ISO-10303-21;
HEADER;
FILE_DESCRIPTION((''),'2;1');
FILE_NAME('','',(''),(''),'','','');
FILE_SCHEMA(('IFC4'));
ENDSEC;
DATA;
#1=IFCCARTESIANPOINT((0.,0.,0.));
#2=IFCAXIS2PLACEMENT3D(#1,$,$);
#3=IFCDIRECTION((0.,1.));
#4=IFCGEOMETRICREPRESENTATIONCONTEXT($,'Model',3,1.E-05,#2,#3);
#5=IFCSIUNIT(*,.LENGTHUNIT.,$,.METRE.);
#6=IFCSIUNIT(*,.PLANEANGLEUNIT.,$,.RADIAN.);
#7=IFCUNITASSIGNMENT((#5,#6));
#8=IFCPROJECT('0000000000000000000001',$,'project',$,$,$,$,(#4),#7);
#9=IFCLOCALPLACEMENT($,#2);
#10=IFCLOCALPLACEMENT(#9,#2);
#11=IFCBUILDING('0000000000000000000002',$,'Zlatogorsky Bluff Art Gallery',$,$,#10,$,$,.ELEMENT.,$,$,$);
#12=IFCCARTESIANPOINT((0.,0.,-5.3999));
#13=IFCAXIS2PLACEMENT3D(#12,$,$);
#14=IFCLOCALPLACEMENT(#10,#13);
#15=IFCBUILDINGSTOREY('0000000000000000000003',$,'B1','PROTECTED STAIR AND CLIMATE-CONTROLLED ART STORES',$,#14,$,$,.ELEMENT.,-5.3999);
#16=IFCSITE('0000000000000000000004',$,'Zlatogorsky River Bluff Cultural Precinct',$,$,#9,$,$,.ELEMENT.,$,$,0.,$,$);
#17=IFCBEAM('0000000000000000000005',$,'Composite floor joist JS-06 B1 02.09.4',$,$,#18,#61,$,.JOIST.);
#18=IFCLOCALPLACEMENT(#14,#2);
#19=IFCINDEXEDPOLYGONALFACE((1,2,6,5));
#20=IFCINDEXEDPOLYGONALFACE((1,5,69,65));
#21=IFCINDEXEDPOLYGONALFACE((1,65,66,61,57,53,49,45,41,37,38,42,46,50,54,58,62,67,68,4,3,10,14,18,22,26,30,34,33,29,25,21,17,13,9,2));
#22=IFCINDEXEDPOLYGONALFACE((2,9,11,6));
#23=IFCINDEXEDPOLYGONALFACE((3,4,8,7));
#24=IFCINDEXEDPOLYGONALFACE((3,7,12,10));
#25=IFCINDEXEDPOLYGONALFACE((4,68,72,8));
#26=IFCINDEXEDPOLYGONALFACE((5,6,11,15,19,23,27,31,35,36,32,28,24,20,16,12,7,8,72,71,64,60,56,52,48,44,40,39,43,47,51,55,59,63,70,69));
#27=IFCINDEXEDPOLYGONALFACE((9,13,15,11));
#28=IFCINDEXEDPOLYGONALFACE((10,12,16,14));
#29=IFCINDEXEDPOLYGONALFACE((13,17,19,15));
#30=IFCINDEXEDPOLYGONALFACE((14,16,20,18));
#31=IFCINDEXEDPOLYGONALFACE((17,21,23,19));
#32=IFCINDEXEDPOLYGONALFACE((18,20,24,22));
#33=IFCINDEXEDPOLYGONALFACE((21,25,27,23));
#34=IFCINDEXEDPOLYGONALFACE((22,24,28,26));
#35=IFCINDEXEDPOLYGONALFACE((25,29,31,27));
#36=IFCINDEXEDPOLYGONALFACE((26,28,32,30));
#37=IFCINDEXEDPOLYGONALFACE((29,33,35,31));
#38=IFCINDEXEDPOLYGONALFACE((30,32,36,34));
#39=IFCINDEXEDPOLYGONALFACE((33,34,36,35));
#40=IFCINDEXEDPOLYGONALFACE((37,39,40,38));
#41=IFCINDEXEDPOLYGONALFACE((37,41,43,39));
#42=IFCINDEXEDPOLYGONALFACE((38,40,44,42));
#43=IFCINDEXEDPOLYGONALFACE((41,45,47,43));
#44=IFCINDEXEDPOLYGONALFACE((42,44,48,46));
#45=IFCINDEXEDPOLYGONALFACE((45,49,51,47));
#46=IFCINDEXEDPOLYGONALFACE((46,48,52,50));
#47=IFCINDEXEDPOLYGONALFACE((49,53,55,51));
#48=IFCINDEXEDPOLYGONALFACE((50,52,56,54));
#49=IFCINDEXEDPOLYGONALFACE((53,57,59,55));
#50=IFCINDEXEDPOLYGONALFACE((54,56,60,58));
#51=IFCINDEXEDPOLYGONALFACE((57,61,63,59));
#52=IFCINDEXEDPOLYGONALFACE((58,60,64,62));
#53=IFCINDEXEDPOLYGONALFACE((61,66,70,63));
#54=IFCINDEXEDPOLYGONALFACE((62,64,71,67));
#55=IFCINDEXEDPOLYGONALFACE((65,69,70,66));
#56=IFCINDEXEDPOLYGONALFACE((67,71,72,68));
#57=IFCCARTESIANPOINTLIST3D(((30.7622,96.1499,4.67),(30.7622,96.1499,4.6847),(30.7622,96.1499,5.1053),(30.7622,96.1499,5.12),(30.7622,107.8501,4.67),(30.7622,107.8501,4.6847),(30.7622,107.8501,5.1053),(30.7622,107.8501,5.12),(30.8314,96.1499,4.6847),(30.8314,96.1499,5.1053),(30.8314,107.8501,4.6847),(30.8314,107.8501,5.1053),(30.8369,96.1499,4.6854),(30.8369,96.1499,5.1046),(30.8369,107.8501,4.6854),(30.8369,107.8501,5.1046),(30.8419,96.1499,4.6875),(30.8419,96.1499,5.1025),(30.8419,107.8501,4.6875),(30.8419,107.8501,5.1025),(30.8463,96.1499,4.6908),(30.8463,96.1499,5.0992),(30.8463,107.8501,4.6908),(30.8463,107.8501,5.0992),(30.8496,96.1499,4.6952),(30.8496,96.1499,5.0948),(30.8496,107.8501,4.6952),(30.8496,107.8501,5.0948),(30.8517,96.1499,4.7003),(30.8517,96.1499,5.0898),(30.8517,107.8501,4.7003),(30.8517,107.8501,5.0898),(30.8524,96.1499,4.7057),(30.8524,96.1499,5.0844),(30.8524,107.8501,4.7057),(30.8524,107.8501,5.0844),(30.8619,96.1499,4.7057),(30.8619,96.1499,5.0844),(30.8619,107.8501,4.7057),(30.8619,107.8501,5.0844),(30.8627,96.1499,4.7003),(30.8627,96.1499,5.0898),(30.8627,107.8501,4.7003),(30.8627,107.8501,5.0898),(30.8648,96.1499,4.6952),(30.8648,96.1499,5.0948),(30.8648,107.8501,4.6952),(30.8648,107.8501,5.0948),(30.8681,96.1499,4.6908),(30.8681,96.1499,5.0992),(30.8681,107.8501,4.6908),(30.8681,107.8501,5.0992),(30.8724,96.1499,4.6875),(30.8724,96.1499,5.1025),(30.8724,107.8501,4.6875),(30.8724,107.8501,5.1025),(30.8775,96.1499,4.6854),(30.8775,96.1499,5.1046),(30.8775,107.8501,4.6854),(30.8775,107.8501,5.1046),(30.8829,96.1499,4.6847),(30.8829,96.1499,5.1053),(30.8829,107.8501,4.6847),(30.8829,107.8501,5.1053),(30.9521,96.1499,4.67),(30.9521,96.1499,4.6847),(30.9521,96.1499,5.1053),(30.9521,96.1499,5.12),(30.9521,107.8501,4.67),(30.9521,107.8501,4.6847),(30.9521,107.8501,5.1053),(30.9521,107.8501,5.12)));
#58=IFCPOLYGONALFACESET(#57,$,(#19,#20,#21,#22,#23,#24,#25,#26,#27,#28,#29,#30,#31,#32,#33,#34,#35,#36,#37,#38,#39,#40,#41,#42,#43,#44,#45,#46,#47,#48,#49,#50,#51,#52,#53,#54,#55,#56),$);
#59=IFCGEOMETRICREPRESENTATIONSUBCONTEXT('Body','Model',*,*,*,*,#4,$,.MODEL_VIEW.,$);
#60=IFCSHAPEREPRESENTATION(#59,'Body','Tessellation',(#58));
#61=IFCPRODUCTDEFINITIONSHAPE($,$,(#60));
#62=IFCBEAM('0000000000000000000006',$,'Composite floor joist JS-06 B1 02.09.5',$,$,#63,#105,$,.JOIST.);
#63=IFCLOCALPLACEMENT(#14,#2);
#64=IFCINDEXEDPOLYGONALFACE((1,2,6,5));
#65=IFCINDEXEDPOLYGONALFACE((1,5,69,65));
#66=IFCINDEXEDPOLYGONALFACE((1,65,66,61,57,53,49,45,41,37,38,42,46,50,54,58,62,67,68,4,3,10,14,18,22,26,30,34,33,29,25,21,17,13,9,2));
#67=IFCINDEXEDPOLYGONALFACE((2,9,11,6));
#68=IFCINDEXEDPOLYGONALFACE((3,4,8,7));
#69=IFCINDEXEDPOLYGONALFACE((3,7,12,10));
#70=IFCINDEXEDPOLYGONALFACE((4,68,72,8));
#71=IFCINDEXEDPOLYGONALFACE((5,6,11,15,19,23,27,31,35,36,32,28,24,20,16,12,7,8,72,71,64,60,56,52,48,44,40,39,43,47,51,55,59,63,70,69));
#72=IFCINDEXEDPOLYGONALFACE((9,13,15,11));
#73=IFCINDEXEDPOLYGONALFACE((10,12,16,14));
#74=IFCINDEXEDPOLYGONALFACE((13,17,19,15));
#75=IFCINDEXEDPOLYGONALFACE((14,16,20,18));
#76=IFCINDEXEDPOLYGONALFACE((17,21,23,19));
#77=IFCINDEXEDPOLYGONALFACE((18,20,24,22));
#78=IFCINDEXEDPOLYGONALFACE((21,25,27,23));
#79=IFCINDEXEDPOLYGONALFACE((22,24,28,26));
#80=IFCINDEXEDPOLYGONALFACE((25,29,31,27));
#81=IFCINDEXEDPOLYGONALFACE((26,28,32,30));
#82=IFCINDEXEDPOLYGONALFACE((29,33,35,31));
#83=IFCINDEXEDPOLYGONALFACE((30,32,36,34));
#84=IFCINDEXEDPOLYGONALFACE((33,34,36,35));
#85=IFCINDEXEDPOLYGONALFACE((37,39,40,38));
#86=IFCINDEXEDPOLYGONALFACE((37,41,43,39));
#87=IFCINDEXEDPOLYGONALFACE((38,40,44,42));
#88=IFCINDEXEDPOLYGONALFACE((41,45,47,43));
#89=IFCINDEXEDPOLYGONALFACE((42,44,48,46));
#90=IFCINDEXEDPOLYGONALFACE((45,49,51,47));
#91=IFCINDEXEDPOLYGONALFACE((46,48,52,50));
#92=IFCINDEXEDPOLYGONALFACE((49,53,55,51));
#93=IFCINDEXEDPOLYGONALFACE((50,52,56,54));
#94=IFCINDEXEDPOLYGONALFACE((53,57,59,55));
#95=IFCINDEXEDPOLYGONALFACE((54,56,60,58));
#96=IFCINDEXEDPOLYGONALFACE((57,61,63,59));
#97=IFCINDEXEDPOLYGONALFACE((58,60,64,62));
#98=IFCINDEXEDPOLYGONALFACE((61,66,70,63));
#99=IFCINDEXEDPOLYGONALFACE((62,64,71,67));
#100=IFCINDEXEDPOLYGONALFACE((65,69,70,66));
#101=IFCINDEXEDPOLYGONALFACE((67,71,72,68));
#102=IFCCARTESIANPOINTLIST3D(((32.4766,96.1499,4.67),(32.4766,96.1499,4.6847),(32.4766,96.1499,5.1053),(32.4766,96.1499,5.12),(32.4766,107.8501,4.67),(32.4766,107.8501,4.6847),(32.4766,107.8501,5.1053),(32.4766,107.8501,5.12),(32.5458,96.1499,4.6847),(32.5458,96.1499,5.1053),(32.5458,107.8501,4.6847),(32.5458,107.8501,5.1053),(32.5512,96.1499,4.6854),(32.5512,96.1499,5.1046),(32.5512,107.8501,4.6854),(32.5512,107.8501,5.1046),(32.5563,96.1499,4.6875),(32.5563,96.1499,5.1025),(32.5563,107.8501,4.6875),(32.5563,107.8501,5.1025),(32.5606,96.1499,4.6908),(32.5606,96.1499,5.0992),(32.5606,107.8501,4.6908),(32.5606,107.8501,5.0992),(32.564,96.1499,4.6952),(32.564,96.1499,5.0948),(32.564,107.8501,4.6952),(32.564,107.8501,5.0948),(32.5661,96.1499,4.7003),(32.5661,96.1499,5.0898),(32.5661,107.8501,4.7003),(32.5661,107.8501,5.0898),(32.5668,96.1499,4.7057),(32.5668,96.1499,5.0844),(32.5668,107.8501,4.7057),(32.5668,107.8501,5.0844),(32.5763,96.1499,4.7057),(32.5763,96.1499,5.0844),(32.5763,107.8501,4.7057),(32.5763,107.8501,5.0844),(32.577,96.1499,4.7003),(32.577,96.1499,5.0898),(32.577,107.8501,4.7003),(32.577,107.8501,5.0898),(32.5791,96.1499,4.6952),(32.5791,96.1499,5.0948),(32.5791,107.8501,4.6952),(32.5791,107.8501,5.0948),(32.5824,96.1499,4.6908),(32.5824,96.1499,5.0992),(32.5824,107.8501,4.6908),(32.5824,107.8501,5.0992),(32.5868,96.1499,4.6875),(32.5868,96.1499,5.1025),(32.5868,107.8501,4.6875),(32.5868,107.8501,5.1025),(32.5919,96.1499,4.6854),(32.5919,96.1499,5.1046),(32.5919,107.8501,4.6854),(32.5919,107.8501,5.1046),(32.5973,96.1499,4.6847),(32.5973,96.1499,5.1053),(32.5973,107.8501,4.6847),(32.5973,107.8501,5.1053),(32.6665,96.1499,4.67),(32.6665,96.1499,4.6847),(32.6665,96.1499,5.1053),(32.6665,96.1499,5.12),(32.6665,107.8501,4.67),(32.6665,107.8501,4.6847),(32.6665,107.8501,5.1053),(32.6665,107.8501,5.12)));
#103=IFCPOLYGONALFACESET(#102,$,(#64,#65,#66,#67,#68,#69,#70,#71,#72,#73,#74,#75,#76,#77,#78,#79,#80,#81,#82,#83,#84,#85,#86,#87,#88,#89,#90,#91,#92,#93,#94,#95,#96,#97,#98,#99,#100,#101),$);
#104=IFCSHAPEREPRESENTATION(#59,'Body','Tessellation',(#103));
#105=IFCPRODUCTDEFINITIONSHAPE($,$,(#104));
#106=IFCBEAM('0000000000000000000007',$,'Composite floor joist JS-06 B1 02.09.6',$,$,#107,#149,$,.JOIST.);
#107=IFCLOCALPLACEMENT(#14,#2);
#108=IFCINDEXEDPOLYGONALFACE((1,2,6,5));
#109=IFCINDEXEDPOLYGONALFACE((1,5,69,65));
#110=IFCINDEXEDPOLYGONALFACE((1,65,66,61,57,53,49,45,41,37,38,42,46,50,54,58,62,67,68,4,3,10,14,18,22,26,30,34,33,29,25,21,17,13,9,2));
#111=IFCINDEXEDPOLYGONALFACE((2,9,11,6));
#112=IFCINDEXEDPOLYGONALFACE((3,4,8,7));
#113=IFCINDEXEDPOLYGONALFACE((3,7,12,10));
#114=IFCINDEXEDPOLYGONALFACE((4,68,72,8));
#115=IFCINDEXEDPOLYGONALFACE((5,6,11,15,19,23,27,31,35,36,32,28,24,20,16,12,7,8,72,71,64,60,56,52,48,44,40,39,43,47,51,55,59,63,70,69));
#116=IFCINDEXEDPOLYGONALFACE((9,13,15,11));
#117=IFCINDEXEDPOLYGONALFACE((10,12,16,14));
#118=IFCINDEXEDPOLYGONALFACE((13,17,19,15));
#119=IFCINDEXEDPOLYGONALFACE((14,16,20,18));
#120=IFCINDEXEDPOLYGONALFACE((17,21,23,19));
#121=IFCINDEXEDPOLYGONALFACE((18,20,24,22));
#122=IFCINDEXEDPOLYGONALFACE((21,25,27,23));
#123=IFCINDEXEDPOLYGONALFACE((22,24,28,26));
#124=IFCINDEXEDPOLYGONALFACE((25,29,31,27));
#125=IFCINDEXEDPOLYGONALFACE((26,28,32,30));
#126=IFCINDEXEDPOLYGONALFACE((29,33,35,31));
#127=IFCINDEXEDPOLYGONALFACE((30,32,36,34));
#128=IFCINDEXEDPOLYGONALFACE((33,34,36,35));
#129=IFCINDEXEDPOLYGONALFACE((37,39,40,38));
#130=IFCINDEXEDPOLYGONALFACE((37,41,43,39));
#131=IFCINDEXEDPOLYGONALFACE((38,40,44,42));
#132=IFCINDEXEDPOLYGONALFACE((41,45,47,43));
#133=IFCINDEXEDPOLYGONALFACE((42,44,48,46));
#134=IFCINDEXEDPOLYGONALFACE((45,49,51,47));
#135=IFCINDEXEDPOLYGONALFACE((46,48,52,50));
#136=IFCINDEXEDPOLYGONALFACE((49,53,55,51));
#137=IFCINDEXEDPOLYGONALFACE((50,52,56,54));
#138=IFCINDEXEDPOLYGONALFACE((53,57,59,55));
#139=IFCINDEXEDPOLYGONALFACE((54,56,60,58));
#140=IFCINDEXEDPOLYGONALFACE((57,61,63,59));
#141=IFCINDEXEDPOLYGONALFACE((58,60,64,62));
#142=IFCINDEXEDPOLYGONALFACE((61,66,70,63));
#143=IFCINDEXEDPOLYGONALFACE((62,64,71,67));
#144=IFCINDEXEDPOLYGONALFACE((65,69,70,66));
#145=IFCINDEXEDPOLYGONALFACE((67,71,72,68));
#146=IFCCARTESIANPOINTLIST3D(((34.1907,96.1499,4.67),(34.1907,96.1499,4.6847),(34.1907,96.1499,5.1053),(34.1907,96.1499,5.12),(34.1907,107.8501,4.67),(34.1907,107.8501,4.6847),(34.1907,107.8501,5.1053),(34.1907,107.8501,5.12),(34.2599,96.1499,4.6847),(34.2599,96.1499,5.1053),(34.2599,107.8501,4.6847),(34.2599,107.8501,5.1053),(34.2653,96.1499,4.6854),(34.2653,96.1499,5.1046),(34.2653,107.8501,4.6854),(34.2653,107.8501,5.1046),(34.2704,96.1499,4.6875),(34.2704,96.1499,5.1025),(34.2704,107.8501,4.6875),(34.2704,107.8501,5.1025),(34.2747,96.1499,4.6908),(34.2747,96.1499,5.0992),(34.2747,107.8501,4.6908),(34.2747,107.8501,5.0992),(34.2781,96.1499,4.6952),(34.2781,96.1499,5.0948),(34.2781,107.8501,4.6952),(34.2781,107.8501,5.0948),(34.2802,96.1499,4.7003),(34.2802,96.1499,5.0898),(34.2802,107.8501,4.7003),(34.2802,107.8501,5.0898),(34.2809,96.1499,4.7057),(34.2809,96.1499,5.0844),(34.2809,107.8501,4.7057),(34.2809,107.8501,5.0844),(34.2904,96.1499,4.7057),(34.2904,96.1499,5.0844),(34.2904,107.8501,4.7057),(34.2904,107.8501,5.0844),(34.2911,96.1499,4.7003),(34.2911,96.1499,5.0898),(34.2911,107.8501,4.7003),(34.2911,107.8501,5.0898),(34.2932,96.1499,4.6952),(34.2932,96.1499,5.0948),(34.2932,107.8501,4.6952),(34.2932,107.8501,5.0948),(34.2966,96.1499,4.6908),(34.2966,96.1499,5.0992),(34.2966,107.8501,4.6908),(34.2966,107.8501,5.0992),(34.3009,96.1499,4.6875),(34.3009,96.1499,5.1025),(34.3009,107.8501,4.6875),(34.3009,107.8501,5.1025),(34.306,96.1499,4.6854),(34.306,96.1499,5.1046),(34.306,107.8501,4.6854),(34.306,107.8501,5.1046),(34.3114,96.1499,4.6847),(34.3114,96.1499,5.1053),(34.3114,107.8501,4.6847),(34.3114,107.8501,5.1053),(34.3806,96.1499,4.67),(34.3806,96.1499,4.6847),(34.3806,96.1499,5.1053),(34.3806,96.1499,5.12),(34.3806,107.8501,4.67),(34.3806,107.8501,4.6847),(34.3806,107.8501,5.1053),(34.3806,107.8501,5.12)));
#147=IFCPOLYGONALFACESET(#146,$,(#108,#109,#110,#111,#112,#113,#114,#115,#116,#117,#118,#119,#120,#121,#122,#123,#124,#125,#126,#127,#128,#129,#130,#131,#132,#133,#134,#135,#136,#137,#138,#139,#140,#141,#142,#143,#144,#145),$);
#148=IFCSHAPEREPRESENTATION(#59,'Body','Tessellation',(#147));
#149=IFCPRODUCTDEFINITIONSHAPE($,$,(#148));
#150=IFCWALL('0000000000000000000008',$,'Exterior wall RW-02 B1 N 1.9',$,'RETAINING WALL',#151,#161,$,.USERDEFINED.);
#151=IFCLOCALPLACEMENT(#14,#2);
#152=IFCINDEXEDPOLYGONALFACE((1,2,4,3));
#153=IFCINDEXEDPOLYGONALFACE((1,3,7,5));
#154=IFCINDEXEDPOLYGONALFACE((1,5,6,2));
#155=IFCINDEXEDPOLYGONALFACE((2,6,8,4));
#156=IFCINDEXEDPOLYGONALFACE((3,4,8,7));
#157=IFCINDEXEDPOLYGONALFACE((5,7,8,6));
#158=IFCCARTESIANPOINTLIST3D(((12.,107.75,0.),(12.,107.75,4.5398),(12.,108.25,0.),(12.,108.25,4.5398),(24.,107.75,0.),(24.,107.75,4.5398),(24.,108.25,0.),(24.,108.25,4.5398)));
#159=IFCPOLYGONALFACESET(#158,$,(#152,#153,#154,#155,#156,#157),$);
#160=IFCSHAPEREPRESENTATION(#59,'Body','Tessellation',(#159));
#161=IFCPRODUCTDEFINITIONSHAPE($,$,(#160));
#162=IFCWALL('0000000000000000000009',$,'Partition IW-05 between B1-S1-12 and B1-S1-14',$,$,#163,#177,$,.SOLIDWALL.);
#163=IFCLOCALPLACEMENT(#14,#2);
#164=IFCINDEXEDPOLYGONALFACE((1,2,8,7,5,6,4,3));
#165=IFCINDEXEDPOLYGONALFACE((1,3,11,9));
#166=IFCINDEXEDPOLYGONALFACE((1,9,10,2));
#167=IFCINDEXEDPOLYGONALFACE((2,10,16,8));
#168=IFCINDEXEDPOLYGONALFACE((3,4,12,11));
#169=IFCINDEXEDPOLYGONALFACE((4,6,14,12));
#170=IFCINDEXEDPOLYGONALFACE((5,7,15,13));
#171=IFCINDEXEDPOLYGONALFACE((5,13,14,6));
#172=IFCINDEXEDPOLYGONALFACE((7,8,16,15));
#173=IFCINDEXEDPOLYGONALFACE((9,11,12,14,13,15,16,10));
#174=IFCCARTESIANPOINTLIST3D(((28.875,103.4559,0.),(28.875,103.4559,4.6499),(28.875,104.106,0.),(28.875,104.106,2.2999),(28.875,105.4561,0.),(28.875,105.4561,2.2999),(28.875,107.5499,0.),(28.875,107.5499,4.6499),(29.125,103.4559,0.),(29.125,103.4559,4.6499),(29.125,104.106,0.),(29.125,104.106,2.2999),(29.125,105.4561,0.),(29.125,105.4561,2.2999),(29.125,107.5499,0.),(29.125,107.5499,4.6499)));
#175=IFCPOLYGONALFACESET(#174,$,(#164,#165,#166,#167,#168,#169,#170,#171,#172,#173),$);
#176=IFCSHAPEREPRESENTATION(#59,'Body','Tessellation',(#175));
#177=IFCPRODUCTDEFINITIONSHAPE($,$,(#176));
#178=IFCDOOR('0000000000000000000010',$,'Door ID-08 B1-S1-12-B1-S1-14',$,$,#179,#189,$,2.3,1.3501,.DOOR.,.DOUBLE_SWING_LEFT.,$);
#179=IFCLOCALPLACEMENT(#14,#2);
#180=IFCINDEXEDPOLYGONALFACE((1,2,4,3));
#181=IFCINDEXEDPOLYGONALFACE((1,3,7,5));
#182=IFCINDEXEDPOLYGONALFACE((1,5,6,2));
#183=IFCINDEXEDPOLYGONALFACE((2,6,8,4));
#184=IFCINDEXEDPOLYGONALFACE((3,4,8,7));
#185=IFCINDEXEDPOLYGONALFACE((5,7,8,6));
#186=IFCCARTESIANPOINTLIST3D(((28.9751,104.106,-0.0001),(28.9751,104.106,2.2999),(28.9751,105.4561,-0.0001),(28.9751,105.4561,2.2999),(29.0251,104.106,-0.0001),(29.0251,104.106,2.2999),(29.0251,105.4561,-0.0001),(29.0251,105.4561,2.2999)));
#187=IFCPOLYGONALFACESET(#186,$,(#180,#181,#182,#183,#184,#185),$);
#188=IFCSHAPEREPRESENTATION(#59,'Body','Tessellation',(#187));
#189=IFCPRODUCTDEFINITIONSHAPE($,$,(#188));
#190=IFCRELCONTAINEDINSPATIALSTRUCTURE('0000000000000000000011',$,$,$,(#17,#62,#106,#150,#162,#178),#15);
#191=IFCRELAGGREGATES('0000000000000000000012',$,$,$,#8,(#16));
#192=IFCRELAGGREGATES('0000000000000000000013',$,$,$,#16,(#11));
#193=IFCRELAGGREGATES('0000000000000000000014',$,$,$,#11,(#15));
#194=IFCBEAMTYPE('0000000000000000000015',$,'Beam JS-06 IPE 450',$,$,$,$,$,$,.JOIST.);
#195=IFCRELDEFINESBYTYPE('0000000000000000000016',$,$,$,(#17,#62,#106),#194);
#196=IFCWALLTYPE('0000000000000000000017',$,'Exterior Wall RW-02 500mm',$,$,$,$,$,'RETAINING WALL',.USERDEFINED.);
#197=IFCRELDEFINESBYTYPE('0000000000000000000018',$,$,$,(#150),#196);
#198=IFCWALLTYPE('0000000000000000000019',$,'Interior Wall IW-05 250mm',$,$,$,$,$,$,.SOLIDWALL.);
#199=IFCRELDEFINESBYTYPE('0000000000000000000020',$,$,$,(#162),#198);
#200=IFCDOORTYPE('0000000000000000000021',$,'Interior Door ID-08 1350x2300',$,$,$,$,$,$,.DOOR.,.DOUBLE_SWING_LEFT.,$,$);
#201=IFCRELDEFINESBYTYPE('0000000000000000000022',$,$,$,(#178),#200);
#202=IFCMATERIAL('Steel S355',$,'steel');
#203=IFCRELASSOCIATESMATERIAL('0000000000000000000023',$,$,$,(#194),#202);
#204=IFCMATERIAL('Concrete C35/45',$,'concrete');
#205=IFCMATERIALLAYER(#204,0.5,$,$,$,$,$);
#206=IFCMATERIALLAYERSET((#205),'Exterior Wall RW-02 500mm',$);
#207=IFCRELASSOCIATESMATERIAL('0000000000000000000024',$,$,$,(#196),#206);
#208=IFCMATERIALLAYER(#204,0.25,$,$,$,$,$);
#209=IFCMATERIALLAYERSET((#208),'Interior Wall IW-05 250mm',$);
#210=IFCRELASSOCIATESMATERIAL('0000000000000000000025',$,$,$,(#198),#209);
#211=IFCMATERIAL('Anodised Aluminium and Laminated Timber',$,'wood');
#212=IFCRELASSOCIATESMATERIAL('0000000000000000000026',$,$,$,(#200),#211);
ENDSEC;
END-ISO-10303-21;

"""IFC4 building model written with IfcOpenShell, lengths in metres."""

from ifc_helpers import new_model, si_unit, direction, frame, frame_2d, origin, origin_2d, place, context, subcontext, project, spatial, rectangle, i_section, extrude, material, layer, layer_set, material_profile, profile_set, type_object, element, fill, save


model = new_model("IFC4")

# Units and contexts
model_context = context("Model", 3, precision=1e-05, world=origin(), true_north=direction((0.0, 1.0)))
body_context = subcontext(model_context, "Body", "Model", "MODEL_VIEW")
ifc_project = project(units=[si_unit("LENGTHUNIT", "METRE"), si_unit("PLANEANGLEUNIT", "RADIAN")], contexts=[model_context])

# Site, building, storey
site_placement = place(None, origin())
site = spatial("IfcSite", under=ifc_project, at=site_placement, Name="Zlatogorsky River Bluff Cultural Precinct", CompositionType="ELEMENT", RefElevation=0.0)
building_placement = place(site_placement, origin())
building = spatial("IfcBuilding", under=site, at=building_placement, Name="Zlatogorsky Bluff Art Gallery", CompositionType="ELEMENT")
storey_placement = place(building_placement, frame((0.0, 0.0, -5.3999)))
storey = spatial("IfcBuildingStorey", under=building, at=storey_placement, Name="B1", Description="PROTECTED STAIR AND CLIMATE-CONTROLLED ART STORES", CompositionType="ELEMENT", Elevation=-5.3999)

# Shared definitions
ifc_material_1 = material(Name="Concrete C35/45", Category="concrete")

# Shared definitions
ifc_material_2 = material(Name="Steel S355", Category="steel")

# Beams
ifc_material_profile_1 = material_profile(ifc_material_2, i_section(OverallWidth=0.1899, OverallDepth=0.45, WebThickness=0.0095, FlangeThickness=0.0146, FilletRadius=0.021, at=origin_2d()), Name="IPE 450")
ifc_profile_set_1 = profile_set([ifc_material_profile_1], Name="Steel S355")
beam_type_1 = type_object("IfcBeamType", Name="Beam JS-06 IPE 450", PredefinedType="JOIST", material=ifc_profile_set_1)
for number, where, z_axis, x_axis, name in (
    (1, (30.8572, 96.1499, 4.895), (0.0, 1.0, 0.0), (-1.0, 0.0, 0.0), "Composite floor joist JS-06 B1 02.09.4"),
    (2, (32.5715, 96.1499, 4.895), (0.0, 1.0, 0.0), (-1.0, 0.0, 0.0), "Composite floor joist JS-06 B1 02.09.5"),
    (3, (34.2856, 96.1499, 4.895), (0.0, 1.0, 0.0), (-1.0, 0.0, 0.0), "Composite floor joist JS-06 B1 02.09.6"),
):
    element("IfcBeam", number, at=place(storey_placement, frame(where, z_axis=z_axis, x_axis=x_axis)), inside=storey, type_object=beam_type_1, Name=name, PredefinedType="JOIST", context=body_context, shape_type="SweptSolid", body=[
        extrude(i_section(OverallWidth=0.1899, OverallDepth=0.45, WebThickness=0.0095, FlangeThickness=0.0146, FilletRadius=0.021, at=origin_2d()), origin(), (0.0, 0.0, 1.0), 11.7002),
    ])

# Wall
ifc_layer_1 = layer(ifc_material_1, 0.5)
ifc_layer_set_1 = layer_set([ifc_layer_1], Name="Exterior Wall RW-02 500mm")
wall_type_1 = type_object("IfcWallType", Name="Exterior Wall RW-02 500mm", ElementType="RETAINING WALL", PredefinedType="USERDEFINED", material=ifc_layer_set_1)
wall_1_placement = place(storey_placement, frame((24.0, 108.0, 0.0), z_axis=(0.0, 0.0, 1.0), x_axis=(-1.0, 0.0, 0.0)))
element("IfcWall", 4, at=wall_1_placement, inside=storey, type_object=wall_type_1, Name="Exterior wall RW-02 B1 N 1.9", ObjectType="RETAINING WALL", PredefinedType="USERDEFINED", context=body_context, shape_type="SweptSolid", body=[
    extrude(rectangle(XDim=12.0, YDim=0.5, at=frame_2d((6.0, 0.0))), origin(), (0.0, 0.0, 1.0), 4.5398),
])

# Wall, opening, door
ifc_layer_2 = layer(ifc_material_1, 0.25)
ifc_layer_set_2 = layer_set([ifc_layer_2], Name="Interior Wall IW-05 250mm")
wall_type_2 = type_object("IfcWallType", Name="Interior Wall IW-05 250mm", PredefinedType="SOLIDWALL", material=ifc_layer_set_2)
wall_2_placement = place(storey_placement, frame((29.0, 103.4561, 0.0), z_axis=(0.0, 0.0, 1.0), x_axis=(0.0, 1.0, 0.0)))
wall_2 = element("IfcWall", 5, at=wall_2_placement, inside=storey, type_object=wall_type_2, Name="Partition IW-05 between B1-S1-12 and B1-S1-14", PredefinedType="SOLIDWALL", context=body_context, shape_type="SweptSolid", body=[
    extrude(rectangle(XDim=4.094, YDim=0.25, at=frame_2d((2.0469, 0.0))), origin(), (0.0, 0.0, 1.0), 4.6499),
])
opening_1_placement = place(wall_2_placement, frame((0.6499, 0.0, 0.0)))
opening_1 = element("IfcOpeningElement", 6, at=opening_1_placement, cuts=wall_2, PredefinedType="OPENING", context=body_context, shape_type="SweptSolid", body=[
    extrude(rectangle(XDim=1.3501, YDim=2.3, at=frame_2d((0.675, 1.1499))), frame((0.0, 0.135, 0.0), z_axis=(0.0, -1.0, 0.0), x_axis=(1.0, 0.0, 0.0)), (0.0, 0.0, 1.0), 0.27),
])
ifc_material_3 = material(Name="Anodised Aluminium and Laminated Timber", Category="wood")
door_type_1 = type_object("IfcDoorType", Name="Interior Door ID-08 1350x2300", OperationType="DOUBLE_SWING_LEFT", PredefinedType="DOOR", material=ifc_material_3)
door_1_placement = place(opening_1_placement, origin())
door_1 = element("IfcDoor", 7, at=door_1_placement, inside=storey, type_object=door_type_1, Name="Door ID-08 B1-S1-12-B1-S1-14", OperationType="DOUBLE_SWING_LEFT", OverallHeight=2.3, OverallWidth=1.3501, PredefinedType="DOOR", context=body_context, shape_type="SweptSolid", body=[
    extrude(rectangle(XDim=1.3501, YDim=2.3, at=frame_2d((0.675, 1.1499))), frame((0.0, 0.0249, 0.0), z_axis=(0.0, -1.0, 0.0), x_axis=(1.0, 0.0, 0.0)), (0.0, 0.0, 1.0), 0.05),
])
fill(opening_1, door_1)

save(model, "model.ifc")
